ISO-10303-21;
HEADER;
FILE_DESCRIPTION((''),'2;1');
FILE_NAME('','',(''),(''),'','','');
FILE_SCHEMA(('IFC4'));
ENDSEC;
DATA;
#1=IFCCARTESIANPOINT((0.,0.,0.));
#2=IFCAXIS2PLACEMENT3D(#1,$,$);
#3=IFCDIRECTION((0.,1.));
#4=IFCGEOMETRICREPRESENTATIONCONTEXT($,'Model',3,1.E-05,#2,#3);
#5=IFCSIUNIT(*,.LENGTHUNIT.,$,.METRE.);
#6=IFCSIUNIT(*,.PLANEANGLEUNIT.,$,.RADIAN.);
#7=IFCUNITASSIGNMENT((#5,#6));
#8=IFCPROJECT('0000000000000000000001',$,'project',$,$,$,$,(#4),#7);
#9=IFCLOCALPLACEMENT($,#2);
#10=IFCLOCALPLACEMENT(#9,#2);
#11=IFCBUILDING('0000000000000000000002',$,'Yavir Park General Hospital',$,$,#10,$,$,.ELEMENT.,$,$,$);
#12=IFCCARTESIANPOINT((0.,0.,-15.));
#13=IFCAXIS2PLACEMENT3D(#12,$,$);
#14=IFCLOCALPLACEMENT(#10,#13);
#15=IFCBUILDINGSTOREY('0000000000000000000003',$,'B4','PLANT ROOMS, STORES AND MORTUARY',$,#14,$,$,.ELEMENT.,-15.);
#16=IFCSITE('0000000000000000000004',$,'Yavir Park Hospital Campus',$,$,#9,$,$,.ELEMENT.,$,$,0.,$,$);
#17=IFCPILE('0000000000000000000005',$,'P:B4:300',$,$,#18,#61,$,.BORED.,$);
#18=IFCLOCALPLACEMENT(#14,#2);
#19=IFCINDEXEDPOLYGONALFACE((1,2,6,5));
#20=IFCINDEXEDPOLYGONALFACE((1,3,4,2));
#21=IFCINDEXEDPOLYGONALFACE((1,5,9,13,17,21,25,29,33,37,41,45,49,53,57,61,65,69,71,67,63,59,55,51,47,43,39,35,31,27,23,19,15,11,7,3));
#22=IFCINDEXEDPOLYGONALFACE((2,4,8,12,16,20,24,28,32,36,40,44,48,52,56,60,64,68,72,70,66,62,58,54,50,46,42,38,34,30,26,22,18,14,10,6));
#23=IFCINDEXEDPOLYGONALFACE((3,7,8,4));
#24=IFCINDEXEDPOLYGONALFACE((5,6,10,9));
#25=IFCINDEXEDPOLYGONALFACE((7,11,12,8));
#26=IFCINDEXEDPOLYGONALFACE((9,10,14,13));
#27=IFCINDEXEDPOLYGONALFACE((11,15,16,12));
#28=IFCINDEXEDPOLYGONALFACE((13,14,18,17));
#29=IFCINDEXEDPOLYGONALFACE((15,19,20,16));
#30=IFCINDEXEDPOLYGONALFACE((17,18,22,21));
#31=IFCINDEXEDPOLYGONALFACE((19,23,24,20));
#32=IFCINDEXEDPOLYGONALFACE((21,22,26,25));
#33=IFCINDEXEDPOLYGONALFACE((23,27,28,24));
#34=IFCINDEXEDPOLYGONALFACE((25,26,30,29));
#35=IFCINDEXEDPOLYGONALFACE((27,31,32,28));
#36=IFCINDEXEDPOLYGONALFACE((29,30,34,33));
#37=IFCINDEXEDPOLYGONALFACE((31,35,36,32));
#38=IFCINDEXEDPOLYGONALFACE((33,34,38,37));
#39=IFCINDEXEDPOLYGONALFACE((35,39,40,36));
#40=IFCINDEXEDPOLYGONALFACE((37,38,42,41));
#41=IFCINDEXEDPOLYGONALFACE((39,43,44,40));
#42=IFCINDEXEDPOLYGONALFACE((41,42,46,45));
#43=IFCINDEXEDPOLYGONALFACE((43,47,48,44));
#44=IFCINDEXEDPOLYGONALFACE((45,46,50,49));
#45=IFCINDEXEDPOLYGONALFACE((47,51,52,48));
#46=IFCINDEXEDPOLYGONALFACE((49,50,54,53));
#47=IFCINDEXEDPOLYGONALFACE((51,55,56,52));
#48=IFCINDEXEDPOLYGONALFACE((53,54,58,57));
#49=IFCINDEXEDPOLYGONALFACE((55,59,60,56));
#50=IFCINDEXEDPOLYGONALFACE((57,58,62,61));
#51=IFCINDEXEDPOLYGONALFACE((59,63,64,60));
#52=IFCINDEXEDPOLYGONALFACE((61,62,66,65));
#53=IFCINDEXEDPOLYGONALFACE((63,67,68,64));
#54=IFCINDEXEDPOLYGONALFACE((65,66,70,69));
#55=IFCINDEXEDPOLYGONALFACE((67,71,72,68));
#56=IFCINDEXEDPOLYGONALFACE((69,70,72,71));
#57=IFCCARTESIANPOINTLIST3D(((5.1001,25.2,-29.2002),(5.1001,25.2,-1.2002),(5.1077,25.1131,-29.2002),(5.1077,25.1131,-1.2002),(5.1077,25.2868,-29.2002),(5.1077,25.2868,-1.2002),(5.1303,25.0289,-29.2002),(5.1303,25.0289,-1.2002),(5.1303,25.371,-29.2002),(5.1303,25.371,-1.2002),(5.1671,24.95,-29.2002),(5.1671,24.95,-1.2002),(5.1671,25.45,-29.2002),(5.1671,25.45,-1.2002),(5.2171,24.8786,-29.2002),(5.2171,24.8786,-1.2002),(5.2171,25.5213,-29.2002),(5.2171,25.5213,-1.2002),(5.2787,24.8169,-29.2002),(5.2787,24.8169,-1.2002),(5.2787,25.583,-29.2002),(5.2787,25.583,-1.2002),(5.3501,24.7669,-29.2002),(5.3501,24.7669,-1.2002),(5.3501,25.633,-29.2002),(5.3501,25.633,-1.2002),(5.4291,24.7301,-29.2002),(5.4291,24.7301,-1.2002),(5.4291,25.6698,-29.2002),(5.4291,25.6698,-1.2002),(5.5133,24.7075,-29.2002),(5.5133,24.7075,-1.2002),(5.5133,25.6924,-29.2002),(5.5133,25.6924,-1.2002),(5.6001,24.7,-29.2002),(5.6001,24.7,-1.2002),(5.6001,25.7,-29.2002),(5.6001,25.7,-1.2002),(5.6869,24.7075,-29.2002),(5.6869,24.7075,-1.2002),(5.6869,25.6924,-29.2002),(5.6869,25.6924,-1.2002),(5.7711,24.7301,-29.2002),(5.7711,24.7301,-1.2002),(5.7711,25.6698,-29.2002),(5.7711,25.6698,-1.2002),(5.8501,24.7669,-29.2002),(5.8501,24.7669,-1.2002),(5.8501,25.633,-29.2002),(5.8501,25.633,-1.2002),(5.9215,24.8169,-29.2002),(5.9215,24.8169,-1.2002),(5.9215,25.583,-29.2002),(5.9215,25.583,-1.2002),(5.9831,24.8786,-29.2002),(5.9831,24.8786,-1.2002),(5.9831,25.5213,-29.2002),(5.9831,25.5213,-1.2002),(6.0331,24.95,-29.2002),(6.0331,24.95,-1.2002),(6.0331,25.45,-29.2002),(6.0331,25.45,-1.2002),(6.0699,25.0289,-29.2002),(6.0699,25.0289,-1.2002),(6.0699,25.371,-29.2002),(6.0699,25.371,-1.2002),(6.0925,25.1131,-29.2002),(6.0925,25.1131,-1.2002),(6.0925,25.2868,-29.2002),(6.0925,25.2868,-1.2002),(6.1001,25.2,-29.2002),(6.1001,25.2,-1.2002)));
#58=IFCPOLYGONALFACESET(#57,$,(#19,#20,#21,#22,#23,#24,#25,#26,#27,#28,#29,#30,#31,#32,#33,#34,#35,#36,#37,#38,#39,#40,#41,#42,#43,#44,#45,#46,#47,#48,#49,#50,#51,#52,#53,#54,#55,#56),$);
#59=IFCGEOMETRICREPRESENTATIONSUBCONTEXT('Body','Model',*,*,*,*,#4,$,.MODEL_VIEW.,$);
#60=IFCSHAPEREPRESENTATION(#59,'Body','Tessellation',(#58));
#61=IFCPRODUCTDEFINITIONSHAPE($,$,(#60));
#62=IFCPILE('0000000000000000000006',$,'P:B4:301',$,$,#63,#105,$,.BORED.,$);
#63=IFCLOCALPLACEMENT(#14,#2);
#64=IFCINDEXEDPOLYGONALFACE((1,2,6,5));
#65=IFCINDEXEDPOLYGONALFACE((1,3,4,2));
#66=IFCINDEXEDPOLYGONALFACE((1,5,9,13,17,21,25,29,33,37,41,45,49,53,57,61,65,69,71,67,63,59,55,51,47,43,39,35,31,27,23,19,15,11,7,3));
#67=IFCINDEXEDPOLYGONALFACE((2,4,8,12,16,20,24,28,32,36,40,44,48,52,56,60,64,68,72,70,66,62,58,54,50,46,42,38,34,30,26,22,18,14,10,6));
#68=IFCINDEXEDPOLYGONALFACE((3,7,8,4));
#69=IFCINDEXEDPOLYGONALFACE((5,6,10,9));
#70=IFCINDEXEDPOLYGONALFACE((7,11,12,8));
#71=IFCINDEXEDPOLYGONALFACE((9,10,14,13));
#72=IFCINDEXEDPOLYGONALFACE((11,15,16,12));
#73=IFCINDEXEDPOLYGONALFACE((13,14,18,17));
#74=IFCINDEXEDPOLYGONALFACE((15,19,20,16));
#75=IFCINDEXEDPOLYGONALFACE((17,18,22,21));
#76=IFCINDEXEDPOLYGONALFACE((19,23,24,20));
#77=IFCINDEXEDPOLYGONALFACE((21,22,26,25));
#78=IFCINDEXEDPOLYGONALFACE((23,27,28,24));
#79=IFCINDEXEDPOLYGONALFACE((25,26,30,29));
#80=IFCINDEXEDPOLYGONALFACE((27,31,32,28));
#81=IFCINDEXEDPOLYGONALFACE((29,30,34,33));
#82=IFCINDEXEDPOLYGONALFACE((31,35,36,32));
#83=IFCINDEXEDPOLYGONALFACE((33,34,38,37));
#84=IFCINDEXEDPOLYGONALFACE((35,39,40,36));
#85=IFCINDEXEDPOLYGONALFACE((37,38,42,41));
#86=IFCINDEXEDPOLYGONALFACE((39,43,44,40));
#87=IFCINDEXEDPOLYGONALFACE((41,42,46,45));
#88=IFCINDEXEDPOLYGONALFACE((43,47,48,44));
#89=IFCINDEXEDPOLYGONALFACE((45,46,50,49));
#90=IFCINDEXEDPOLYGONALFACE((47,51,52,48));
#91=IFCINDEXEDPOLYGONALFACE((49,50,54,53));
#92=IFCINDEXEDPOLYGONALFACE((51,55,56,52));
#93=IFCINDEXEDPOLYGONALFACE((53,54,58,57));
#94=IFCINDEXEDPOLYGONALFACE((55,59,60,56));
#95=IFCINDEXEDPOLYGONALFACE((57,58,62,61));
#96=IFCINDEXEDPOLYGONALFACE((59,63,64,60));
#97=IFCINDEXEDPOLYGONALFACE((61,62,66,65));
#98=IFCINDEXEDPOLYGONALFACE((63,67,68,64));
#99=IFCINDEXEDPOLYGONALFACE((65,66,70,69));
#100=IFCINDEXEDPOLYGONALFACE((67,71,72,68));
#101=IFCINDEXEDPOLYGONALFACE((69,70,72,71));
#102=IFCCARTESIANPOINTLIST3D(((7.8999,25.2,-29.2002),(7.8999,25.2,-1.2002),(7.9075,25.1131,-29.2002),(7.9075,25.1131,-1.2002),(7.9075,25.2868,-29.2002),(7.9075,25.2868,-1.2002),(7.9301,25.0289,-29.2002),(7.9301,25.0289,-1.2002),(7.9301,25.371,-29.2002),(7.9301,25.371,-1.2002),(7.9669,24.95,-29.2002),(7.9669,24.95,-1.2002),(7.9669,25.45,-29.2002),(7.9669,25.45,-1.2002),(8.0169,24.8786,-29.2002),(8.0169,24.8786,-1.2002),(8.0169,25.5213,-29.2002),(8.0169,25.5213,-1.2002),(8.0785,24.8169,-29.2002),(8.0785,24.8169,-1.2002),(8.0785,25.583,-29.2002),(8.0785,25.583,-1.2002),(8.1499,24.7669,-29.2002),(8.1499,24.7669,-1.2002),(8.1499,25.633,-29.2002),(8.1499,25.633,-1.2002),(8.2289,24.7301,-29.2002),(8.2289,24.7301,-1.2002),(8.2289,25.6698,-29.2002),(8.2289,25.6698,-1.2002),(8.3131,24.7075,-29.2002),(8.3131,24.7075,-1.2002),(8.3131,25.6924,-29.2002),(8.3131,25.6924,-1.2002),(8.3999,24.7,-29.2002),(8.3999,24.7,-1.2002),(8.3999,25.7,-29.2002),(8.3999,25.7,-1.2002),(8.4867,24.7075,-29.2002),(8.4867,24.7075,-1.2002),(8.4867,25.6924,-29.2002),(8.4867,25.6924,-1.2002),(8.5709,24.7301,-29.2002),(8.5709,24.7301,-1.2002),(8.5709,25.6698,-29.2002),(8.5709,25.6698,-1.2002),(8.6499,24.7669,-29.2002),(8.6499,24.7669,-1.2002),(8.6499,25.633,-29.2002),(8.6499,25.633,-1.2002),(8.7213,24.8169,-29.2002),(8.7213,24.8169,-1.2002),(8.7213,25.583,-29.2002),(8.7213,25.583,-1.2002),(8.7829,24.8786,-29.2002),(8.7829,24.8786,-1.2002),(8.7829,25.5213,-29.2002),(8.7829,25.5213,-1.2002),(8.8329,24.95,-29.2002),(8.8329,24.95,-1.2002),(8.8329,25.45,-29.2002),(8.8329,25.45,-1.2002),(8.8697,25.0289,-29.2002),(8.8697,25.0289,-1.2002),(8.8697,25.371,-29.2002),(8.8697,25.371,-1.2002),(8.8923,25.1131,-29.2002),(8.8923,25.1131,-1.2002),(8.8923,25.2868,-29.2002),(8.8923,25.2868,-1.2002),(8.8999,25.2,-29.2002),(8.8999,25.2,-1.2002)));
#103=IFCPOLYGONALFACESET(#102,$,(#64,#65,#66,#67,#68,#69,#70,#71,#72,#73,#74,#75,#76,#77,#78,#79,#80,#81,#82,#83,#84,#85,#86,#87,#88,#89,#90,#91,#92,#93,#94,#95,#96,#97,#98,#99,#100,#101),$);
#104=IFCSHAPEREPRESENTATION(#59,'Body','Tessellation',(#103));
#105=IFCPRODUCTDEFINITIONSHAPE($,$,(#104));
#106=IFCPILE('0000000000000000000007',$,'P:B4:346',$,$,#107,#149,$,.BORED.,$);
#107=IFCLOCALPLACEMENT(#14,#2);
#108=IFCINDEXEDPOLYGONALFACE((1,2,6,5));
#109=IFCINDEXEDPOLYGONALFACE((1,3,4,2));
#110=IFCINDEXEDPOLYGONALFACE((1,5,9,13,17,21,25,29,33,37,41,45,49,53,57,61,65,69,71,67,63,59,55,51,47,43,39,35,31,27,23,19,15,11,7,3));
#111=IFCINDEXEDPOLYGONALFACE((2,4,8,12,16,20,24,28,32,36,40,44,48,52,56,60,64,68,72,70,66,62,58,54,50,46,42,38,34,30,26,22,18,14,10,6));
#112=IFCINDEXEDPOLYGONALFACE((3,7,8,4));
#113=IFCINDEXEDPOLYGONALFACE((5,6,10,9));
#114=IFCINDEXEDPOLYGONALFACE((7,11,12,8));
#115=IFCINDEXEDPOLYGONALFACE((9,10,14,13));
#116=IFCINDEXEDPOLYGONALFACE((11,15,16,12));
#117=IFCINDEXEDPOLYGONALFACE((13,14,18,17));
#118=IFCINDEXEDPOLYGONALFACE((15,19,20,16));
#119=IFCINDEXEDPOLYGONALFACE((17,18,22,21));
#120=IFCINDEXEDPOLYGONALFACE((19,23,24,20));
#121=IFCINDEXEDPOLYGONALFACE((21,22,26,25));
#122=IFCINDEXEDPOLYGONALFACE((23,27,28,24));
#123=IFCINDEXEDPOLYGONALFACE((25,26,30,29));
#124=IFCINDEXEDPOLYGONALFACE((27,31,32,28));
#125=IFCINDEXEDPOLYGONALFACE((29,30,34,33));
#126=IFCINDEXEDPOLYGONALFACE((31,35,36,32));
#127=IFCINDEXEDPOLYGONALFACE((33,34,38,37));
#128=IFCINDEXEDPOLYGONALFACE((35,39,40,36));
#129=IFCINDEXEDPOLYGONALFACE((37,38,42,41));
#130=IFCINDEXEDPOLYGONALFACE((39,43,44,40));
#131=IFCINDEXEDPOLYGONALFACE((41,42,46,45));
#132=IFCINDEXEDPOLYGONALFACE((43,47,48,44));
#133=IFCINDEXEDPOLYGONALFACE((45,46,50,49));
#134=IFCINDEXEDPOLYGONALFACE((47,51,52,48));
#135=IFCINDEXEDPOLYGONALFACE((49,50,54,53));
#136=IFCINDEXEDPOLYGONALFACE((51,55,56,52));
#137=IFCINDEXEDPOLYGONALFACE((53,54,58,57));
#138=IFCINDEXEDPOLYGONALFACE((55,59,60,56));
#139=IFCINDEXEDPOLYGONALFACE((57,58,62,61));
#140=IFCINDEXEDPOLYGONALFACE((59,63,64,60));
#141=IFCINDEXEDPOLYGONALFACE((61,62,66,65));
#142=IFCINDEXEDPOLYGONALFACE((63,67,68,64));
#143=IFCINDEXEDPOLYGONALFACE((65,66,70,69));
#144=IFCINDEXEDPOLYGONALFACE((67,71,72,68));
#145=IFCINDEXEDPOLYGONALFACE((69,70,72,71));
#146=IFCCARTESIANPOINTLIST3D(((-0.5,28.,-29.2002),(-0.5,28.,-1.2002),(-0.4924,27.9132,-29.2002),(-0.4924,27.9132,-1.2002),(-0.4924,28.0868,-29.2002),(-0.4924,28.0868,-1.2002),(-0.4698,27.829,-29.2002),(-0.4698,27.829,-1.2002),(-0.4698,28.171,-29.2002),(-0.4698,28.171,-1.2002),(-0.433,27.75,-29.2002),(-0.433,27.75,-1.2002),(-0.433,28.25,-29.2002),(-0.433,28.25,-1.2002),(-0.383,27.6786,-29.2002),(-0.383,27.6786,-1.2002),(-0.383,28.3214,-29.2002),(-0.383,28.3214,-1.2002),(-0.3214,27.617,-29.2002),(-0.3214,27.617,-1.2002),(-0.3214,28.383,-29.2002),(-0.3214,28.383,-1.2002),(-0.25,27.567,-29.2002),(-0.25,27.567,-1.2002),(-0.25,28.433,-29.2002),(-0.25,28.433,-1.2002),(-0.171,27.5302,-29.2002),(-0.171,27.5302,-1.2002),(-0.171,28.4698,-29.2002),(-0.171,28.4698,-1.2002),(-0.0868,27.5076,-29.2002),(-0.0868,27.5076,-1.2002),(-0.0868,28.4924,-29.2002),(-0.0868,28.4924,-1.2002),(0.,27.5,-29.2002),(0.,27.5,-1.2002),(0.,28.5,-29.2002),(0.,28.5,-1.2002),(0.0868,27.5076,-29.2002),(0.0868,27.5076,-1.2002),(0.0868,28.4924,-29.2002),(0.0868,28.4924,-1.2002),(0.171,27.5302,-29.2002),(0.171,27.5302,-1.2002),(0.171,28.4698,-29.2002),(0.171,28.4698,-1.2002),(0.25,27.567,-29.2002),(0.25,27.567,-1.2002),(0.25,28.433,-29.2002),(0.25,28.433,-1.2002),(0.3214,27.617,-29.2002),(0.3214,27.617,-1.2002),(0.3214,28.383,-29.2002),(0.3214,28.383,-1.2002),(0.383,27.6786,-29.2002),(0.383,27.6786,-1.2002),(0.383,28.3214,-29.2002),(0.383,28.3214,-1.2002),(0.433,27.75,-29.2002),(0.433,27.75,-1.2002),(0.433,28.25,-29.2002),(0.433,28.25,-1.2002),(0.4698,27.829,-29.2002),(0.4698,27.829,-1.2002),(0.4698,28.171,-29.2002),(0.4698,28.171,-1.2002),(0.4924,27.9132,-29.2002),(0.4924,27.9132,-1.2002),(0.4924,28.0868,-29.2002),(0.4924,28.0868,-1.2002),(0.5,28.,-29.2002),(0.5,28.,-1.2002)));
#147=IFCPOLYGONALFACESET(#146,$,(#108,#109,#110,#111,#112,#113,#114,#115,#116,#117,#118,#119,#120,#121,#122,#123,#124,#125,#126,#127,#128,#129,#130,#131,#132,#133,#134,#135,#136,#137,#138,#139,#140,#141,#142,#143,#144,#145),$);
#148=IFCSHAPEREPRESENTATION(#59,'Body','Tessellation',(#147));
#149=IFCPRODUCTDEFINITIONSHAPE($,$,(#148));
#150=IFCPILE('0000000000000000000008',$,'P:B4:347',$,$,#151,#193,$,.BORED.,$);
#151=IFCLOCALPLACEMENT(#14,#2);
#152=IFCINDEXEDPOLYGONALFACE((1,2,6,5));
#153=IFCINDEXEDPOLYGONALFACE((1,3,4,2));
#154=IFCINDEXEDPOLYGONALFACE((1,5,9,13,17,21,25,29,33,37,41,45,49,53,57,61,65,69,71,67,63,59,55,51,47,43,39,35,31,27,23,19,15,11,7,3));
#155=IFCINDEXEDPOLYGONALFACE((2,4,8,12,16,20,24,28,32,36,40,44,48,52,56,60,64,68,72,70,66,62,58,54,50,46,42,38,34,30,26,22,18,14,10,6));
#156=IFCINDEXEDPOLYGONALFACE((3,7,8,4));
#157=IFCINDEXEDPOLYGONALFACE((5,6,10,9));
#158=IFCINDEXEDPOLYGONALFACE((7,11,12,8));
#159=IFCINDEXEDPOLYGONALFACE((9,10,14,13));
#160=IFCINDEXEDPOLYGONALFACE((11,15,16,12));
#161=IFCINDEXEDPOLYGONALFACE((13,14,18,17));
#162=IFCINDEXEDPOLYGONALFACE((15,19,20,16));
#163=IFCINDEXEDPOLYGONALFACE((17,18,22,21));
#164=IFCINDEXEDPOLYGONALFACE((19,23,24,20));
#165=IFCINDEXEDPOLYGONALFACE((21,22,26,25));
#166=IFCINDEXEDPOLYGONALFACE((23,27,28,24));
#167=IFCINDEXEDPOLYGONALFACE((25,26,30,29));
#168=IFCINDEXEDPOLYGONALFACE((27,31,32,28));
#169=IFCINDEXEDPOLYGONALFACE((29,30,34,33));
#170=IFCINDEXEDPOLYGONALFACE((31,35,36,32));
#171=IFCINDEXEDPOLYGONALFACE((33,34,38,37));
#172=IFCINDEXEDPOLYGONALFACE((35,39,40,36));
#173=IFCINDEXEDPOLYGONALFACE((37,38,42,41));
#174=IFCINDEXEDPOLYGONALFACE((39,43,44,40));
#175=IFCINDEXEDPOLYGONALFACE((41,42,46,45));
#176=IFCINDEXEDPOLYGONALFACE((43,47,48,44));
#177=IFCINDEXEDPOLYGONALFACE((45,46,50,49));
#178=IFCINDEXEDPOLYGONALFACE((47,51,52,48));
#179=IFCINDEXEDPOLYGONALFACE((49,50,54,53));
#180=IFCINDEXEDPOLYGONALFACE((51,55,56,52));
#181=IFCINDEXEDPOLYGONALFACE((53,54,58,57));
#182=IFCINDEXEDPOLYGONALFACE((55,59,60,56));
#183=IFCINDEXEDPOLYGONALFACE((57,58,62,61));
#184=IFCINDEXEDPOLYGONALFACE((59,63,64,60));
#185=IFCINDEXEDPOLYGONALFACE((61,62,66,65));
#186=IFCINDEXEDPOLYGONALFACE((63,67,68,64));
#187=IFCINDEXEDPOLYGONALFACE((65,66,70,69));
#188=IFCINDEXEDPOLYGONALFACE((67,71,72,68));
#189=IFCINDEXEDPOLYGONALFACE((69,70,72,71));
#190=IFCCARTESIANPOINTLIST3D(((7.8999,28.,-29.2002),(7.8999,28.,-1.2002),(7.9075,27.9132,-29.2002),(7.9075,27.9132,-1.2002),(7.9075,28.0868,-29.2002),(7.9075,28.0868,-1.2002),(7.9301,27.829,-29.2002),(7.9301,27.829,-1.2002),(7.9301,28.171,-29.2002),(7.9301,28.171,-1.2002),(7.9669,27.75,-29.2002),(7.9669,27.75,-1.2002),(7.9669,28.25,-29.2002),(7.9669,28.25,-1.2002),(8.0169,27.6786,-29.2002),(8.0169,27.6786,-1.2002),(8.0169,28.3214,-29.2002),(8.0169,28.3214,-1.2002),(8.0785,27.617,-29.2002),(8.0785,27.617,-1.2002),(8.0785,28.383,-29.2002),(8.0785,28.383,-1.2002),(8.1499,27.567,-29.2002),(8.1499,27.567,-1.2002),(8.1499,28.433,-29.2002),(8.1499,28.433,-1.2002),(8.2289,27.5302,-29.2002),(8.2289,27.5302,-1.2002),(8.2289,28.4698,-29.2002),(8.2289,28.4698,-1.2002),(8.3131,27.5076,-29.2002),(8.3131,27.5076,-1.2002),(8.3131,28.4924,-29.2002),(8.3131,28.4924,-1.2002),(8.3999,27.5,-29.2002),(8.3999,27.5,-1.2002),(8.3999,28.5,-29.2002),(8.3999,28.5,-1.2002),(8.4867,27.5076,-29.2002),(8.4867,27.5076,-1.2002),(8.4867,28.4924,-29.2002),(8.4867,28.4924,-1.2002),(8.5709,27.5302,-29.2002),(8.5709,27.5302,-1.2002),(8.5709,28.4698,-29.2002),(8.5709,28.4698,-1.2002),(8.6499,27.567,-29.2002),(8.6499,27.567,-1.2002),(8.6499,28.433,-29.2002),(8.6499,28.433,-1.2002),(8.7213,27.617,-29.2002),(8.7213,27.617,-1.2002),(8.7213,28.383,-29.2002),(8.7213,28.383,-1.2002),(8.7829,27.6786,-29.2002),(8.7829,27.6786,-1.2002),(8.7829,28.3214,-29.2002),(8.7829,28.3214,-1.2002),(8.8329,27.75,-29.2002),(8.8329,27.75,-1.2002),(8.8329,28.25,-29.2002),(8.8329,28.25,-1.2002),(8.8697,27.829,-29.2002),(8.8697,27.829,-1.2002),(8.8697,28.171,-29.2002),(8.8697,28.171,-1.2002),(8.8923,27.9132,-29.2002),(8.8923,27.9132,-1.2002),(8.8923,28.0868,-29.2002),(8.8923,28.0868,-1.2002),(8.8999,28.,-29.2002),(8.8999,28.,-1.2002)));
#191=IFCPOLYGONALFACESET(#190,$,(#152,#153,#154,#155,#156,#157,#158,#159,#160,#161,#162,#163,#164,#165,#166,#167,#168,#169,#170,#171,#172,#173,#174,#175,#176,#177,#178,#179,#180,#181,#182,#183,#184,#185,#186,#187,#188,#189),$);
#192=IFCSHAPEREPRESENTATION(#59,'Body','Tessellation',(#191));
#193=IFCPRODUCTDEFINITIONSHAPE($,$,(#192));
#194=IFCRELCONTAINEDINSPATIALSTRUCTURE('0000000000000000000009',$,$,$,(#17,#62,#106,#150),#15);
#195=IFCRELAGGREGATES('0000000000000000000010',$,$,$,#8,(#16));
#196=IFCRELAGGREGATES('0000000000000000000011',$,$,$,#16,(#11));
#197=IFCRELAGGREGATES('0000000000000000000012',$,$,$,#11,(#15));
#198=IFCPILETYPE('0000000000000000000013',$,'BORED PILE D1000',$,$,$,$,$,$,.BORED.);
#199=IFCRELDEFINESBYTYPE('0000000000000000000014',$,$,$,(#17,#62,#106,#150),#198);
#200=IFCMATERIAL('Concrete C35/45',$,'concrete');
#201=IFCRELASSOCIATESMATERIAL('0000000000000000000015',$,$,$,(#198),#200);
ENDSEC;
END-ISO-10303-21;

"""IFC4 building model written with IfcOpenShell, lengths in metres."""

from ifc_helpers import new_model, si_unit, direction, frame, origin, origin_2d, place, context, subcontext, project, spatial, circle, extrude, material, material_profile, profile_set, type_object, element, save


model = new_model("IFC4")

# Units and contexts
model_context = context("Model", 3, precision=1e-05, world=origin(), true_north=direction((0.0, 1.0)))
body_context = subcontext(model_context, "Body", "Model", "MODEL_VIEW")
ifc_project = project(units=[si_unit("LENGTHUNIT", "METRE"), si_unit("PLANEANGLEUNIT", "RADIAN")], contexts=[model_context])

# Site, building, storey
site_placement = place(None, origin())
site = spatial("IfcSite", under=ifc_project, at=site_placement, Name="Yavir Park Hospital Campus", CompositionType="ELEMENT", RefElevation=0.0)
building_placement = place(site_placement, origin())
building = spatial("IfcBuilding", under=site, at=building_placement, Name="Yavir Park General Hospital", CompositionType="ELEMENT")
storey_placement = place(building_placement, frame((0.0, 0.0, -15.0)))
storey = spatial("IfcBuildingStorey", under=building, at=storey_placement, Name="B4", Description="PLANT ROOMS, STORES AND MORTUARY", CompositionType="ELEMENT", Elevation=-15.0)

# Piles
ifc_material_1 = material(Name="Concrete C35/45", Category="concrete")
ifc_material_profile_1 = material_profile(ifc_material_1, circle(Radius=0.5, at=origin_2d()), Name="D1000")
ifc_profile_set_1 = profile_set([ifc_material_profile_1], Name="Concrete C35/45")
pile_type_1 = type_object("IfcPileType", Name="BORED PILE D1000", PredefinedType="BORED", material=ifc_profile_set_1)
for number, where, z_axis, x_axis, name in (
    (1, (5.6001, 25.2, -1.2002), (0.0, 0.0, -1.0), (1.0, 0.0, 0.0), "P:B4:300"),
    (2, (8.3999, 25.2, -1.2002), (0.0, 0.0, -1.0), (1.0, 0.0, 0.0), "P:B4:301"),
    (3, (0.0, 28.0, -1.2002), (0.0, 0.0, -1.0), (1.0, 0.0, 0.0), "P:B4:346"),
    (4, (8.3999, 28.0, -1.2002), (0.0, 0.0, -1.0), (1.0, 0.0, 0.0), "P:B4:347"),
):
    element("IfcPile", number, at=place(storey_placement, frame(where, z_axis=z_axis, x_axis=x_axis)), inside=storey, type_object=pile_type_1, Name=name, PredefinedType="BORED", context=body_context, shape_type="SweptSolid", body=[
        extrude(circle(Radius=0.5, at=origin_2d()), origin(), (0.0, 0.0, 1.0), 28.0),
    ])

save(model, "model.ifc")
